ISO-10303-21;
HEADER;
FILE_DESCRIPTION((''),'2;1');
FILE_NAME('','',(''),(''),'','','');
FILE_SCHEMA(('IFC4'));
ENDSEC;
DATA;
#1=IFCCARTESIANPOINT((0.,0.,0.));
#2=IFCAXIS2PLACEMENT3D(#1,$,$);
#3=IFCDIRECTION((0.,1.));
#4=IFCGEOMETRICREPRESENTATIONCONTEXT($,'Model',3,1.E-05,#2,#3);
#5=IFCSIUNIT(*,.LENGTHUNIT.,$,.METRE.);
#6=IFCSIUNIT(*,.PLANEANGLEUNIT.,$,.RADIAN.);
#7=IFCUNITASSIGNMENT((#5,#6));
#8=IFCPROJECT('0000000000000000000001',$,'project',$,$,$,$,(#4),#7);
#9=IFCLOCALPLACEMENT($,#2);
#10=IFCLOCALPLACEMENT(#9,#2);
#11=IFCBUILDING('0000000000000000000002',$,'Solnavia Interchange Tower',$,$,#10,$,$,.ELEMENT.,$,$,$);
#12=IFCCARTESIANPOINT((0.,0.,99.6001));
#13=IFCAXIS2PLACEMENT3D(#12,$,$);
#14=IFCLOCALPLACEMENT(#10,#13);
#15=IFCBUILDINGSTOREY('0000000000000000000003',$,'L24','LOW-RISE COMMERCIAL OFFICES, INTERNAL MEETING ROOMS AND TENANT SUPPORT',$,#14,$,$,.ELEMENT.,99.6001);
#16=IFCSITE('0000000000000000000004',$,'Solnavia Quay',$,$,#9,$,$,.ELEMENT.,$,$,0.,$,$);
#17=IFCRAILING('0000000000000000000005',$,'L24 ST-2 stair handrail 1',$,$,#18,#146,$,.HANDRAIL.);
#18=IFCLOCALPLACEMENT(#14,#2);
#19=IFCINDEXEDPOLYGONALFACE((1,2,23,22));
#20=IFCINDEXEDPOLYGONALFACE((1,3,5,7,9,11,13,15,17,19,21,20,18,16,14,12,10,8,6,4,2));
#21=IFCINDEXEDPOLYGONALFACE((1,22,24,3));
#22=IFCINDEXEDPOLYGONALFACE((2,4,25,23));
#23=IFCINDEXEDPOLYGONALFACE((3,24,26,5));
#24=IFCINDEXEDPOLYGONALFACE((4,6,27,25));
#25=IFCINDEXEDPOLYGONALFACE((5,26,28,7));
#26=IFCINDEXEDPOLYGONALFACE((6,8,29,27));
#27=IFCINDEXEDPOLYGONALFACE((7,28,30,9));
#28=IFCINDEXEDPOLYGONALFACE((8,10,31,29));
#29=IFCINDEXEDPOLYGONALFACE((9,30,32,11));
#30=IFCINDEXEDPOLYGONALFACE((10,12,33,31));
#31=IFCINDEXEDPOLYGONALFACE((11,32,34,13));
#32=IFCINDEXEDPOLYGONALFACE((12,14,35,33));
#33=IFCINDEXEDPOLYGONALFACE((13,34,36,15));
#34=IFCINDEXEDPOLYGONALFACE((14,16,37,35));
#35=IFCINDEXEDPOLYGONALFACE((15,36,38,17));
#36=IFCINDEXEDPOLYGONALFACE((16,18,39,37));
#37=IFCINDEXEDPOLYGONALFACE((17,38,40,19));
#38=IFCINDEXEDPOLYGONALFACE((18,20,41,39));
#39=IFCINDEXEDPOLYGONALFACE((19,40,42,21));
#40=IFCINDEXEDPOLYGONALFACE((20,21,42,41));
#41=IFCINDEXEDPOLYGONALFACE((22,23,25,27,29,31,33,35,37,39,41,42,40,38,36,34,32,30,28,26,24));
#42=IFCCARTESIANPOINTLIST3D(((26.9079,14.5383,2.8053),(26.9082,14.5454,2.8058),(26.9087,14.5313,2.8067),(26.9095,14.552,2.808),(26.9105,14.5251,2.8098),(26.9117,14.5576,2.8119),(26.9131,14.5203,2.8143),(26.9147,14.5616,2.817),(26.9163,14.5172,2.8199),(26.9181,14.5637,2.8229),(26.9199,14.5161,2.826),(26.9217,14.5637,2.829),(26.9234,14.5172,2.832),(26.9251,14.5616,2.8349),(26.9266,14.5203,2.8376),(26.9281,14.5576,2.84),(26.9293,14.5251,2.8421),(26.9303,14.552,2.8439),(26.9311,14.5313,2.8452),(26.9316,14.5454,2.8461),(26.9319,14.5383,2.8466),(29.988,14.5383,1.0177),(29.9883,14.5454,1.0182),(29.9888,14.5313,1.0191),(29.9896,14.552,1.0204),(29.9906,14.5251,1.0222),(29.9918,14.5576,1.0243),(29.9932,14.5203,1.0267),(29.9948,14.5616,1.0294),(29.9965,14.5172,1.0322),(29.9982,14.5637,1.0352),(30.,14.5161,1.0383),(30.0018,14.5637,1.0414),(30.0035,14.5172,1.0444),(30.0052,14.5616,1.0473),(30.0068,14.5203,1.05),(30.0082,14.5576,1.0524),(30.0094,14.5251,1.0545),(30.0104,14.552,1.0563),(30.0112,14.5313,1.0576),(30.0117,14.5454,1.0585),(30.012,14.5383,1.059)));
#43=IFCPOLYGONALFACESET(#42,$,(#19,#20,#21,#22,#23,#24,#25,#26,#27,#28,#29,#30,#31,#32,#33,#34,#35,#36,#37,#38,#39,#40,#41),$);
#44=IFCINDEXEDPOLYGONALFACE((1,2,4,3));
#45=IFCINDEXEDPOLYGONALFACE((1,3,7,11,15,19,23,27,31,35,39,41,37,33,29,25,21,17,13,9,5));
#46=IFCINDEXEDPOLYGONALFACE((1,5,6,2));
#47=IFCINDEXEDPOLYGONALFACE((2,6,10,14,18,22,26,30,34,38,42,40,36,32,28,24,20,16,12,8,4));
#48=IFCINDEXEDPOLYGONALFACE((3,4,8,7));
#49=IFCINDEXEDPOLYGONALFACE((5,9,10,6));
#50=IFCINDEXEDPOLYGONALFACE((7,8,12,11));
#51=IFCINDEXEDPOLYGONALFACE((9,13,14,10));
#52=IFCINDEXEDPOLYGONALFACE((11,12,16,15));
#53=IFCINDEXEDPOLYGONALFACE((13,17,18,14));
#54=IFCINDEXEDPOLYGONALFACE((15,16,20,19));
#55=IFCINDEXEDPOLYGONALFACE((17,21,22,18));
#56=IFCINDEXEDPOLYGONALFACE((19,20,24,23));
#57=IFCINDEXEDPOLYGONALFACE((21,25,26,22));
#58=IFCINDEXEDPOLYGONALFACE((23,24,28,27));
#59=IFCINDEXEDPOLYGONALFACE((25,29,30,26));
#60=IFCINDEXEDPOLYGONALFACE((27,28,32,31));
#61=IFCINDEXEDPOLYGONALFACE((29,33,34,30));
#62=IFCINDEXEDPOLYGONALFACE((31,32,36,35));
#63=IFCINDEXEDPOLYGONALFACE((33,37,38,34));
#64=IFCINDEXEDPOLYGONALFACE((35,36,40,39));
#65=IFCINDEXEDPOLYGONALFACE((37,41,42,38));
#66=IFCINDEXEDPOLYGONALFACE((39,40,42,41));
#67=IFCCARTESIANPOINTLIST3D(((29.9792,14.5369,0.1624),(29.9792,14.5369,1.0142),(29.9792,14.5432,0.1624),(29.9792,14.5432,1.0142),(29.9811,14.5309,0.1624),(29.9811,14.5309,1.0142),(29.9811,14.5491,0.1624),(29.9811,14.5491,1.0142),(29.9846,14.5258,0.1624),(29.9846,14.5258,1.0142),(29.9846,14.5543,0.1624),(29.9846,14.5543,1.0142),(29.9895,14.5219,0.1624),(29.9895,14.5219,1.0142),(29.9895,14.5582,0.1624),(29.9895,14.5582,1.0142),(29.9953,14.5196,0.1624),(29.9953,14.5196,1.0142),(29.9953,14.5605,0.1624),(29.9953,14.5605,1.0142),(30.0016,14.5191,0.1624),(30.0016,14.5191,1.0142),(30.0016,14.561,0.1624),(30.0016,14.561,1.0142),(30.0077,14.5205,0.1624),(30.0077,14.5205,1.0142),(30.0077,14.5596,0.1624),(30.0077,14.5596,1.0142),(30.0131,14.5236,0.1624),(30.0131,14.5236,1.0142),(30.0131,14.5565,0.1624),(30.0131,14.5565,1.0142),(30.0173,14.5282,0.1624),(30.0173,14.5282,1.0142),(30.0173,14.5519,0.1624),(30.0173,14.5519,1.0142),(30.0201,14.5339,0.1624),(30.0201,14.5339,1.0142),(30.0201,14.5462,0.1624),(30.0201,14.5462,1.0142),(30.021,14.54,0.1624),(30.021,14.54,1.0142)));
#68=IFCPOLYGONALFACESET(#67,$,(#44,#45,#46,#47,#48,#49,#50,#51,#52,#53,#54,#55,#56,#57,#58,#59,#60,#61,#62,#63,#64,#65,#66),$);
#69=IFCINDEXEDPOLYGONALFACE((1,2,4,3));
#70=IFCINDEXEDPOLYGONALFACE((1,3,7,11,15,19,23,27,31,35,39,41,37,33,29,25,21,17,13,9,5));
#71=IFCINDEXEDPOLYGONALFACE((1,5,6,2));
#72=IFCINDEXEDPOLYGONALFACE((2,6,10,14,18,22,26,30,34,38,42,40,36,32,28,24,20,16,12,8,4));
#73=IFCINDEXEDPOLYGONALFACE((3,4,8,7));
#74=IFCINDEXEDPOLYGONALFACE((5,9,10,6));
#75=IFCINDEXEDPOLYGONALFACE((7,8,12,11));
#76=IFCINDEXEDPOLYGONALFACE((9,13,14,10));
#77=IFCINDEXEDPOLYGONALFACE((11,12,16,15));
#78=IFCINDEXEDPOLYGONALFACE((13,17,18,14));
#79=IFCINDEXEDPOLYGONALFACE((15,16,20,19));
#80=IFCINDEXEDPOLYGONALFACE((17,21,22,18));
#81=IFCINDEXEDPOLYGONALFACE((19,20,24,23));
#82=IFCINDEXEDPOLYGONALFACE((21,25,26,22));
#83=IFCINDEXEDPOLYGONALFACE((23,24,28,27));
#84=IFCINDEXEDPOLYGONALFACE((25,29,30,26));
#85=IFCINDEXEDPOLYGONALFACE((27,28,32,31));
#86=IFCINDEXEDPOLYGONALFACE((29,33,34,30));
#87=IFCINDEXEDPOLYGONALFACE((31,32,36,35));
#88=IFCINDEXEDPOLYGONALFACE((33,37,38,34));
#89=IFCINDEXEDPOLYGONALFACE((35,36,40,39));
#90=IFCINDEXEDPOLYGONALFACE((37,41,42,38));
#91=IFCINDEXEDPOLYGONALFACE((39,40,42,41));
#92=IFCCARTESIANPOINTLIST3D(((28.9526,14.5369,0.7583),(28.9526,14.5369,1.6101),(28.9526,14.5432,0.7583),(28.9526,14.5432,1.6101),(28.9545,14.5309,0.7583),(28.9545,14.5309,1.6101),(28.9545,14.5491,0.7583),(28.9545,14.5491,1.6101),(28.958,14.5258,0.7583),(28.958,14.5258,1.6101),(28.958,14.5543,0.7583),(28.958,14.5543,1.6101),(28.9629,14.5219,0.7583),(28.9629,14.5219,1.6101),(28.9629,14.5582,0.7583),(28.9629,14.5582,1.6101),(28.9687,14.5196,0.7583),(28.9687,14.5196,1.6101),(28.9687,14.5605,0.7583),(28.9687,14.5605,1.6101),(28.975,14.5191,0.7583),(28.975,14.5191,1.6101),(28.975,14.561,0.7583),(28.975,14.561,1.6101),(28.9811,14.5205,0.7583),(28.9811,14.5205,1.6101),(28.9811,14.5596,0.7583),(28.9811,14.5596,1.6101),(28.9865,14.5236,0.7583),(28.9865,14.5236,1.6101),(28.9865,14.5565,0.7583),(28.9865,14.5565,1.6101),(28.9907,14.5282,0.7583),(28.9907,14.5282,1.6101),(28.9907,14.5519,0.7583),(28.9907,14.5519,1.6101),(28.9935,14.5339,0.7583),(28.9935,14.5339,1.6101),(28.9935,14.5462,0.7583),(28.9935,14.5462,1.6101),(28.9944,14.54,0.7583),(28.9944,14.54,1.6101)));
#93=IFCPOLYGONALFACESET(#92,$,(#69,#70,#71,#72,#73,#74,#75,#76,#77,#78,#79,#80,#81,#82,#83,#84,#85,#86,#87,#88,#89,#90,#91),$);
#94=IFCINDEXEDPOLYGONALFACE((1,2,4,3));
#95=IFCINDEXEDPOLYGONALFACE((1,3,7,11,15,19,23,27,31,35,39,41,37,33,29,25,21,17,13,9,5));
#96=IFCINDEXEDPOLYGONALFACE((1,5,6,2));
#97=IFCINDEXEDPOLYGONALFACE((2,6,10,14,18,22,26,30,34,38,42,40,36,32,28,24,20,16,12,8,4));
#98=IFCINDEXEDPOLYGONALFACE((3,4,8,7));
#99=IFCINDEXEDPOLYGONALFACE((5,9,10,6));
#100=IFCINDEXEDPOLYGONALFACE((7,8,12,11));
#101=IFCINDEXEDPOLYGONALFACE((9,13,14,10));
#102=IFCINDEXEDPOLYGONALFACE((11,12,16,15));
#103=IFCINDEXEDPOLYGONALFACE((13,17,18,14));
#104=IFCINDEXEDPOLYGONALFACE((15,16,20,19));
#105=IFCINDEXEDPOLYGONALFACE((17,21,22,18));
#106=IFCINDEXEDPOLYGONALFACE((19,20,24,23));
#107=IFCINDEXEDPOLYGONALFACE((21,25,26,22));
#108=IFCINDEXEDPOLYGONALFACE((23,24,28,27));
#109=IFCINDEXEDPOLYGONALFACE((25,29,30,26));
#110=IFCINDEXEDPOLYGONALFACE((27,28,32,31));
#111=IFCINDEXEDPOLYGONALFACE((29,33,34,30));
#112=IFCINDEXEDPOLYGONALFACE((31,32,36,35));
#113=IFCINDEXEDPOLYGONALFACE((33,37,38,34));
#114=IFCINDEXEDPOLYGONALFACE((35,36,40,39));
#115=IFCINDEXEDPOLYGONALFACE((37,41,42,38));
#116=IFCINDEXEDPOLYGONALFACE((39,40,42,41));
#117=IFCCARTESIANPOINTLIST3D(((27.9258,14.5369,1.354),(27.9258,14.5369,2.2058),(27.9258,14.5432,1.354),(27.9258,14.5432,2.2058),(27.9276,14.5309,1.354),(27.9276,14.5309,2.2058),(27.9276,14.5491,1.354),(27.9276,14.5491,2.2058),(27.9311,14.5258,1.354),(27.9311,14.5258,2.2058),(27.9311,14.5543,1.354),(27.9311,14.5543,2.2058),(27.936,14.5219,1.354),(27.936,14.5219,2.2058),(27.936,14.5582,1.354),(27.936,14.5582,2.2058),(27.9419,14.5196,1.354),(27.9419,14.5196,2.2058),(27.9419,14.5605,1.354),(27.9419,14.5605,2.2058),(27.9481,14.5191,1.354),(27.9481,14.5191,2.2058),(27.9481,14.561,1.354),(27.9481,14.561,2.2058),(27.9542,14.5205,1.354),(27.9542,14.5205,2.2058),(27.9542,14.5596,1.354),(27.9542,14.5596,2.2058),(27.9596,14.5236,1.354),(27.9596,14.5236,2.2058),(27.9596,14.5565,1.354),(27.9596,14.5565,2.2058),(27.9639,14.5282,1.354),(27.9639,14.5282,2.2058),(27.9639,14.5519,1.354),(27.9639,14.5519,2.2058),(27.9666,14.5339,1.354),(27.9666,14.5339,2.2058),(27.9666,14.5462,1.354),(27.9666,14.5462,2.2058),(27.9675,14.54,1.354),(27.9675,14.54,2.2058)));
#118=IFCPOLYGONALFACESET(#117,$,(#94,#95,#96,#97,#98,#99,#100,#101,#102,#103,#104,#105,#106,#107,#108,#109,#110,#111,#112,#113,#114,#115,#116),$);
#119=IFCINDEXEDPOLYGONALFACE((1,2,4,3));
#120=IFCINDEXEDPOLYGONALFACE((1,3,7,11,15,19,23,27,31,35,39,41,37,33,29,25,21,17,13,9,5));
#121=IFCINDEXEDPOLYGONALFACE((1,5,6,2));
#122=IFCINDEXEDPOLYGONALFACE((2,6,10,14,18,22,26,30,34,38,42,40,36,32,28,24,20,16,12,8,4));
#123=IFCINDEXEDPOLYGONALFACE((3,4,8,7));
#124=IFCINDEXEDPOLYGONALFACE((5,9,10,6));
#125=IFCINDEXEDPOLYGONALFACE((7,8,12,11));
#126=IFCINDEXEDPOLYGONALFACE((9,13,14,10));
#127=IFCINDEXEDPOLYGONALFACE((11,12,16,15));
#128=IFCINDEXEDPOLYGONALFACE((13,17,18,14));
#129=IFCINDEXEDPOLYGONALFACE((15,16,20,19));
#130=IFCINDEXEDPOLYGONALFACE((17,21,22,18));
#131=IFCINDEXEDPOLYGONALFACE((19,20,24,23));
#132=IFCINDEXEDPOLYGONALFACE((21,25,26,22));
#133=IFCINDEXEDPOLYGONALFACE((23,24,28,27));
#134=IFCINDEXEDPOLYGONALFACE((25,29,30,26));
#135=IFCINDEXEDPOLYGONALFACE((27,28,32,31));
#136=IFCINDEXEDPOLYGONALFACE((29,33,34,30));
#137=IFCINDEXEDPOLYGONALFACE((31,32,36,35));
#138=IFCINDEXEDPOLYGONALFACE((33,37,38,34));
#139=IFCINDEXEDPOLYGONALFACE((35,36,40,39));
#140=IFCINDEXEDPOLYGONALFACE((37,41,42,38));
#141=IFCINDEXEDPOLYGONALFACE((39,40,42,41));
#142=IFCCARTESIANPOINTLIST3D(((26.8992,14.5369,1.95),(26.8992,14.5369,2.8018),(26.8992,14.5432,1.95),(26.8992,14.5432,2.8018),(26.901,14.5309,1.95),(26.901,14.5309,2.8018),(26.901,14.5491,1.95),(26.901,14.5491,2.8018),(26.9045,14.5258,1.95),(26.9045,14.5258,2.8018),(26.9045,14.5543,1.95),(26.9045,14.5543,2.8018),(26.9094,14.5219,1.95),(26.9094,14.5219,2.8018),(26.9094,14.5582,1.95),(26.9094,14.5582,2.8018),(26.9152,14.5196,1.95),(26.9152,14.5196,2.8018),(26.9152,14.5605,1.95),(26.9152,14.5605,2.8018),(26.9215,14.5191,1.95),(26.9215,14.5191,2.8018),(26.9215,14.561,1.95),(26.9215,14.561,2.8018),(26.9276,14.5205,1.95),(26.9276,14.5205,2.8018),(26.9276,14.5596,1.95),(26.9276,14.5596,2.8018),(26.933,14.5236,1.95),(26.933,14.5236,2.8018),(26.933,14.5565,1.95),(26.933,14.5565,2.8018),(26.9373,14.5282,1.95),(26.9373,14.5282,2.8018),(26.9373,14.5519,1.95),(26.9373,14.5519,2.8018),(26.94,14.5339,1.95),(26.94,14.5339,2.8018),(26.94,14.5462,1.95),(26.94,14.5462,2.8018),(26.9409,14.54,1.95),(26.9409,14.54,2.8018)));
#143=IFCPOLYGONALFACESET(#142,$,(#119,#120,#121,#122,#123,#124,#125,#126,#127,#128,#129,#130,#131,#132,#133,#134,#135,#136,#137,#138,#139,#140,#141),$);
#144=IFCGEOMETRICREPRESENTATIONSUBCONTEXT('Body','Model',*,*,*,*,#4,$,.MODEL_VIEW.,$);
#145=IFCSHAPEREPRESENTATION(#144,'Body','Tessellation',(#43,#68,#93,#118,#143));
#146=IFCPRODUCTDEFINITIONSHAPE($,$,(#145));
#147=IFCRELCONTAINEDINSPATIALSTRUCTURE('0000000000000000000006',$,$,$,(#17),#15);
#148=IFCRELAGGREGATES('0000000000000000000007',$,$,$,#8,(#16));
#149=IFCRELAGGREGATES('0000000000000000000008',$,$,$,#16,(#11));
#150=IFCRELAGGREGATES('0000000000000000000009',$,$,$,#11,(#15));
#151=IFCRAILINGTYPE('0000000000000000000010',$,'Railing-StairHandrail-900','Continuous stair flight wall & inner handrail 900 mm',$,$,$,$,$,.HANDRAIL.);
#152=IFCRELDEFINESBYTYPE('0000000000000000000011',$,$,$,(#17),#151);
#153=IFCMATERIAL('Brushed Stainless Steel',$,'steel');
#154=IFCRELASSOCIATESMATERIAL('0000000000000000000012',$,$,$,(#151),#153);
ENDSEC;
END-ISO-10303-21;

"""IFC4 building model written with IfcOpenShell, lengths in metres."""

from ifc_helpers import new_model, si_unit, direction, frame, origin, origin_2d, place, context, subcontext, project, spatial, circle, extrude, material, type_object, element, save


model = new_model("IFC4")

# Units and contexts
model_context = context("Model", 3, precision=1e-05, world=origin(), true_north=direction((0.0, 1.0)))
body_context = subcontext(model_context, "Body", "Model", "MODEL_VIEW")
ifc_project = project(units=[si_unit("LENGTHUNIT", "METRE"), si_unit("PLANEANGLEUNIT", "RADIAN")], contexts=[model_context])

# Site, building, storey
site_placement = place(None, origin())
site = spatial("IfcSite", under=ifc_project, at=site_placement, Name="Solnavia Quay", CompositionType="ELEMENT", RefElevation=0.0)
building_placement = place(site_placement, origin())
building = spatial("IfcBuilding", under=site, at=building_placement, Name="Solnavia Interchange Tower", CompositionType="ELEMENT")
storey_placement = place(building_placement, frame((0.0, 0.0, 99.6001)))
storey = spatial("IfcBuildingStorey", under=building, at=storey_placement, Name="L24", Description="LOW-RISE COMMERCIAL OFFICES, INTERNAL MEETING ROOMS AND TENANT SUPPORT", CompositionType="ELEMENT", Elevation=99.6001)

# Railing
ifc_material_1 = material(Name="Brushed Stainless Steel", Category="steel")
railing_type_1 = type_object("IfcRailingType", Name="Railing-StairHandrail-900", Description="Continuous stair flight wall & inner handrail 900 mm", PredefinedType="HANDRAIL", material=ifc_material_1)
railing_1_placement = place(storey_placement, frame((30.0, 14.54, 0.1624)))
element("IfcRailing", 1, at=railing_1_placement, inside=storey, type_object=railing_type_1, Name="L24 ST-2 stair handrail 1", PredefinedType="HANDRAIL", context=body_context, shape_type="SweptSolid", body=[
    extrude(circle(Radius=0.0239, at=origin_2d()), frame((0.0, 0.0, 0.876), z_axis=(-0.864891, 0.0, 0.50196), x_axis=(0.0, -1.0, 0.0)), (0.0, 0.0, 1.0), 3.5613),
    extrude(circle(Radius=0.021, at=origin_2d()), origin(), (0.0, 0.0, 1.0), 0.8518),
    extrude(circle(Radius=0.021, at=origin_2d()), frame((-1.0266, 0.0, 0.5959)), (0.0, 0.0, 1.0), 0.8518),
    extrude(circle(Radius=0.021, at=origin_2d()), frame((-2.0535, 0.0, 1.1917)), (0.0, 0.0, 1.0), 0.8518),
    extrude(circle(Radius=0.021, at=origin_2d()), frame((-3.0801, 0.0, 1.7876)), (0.0, 0.0, 1.0), 0.8518),
])

save(model, "model.ifc")
